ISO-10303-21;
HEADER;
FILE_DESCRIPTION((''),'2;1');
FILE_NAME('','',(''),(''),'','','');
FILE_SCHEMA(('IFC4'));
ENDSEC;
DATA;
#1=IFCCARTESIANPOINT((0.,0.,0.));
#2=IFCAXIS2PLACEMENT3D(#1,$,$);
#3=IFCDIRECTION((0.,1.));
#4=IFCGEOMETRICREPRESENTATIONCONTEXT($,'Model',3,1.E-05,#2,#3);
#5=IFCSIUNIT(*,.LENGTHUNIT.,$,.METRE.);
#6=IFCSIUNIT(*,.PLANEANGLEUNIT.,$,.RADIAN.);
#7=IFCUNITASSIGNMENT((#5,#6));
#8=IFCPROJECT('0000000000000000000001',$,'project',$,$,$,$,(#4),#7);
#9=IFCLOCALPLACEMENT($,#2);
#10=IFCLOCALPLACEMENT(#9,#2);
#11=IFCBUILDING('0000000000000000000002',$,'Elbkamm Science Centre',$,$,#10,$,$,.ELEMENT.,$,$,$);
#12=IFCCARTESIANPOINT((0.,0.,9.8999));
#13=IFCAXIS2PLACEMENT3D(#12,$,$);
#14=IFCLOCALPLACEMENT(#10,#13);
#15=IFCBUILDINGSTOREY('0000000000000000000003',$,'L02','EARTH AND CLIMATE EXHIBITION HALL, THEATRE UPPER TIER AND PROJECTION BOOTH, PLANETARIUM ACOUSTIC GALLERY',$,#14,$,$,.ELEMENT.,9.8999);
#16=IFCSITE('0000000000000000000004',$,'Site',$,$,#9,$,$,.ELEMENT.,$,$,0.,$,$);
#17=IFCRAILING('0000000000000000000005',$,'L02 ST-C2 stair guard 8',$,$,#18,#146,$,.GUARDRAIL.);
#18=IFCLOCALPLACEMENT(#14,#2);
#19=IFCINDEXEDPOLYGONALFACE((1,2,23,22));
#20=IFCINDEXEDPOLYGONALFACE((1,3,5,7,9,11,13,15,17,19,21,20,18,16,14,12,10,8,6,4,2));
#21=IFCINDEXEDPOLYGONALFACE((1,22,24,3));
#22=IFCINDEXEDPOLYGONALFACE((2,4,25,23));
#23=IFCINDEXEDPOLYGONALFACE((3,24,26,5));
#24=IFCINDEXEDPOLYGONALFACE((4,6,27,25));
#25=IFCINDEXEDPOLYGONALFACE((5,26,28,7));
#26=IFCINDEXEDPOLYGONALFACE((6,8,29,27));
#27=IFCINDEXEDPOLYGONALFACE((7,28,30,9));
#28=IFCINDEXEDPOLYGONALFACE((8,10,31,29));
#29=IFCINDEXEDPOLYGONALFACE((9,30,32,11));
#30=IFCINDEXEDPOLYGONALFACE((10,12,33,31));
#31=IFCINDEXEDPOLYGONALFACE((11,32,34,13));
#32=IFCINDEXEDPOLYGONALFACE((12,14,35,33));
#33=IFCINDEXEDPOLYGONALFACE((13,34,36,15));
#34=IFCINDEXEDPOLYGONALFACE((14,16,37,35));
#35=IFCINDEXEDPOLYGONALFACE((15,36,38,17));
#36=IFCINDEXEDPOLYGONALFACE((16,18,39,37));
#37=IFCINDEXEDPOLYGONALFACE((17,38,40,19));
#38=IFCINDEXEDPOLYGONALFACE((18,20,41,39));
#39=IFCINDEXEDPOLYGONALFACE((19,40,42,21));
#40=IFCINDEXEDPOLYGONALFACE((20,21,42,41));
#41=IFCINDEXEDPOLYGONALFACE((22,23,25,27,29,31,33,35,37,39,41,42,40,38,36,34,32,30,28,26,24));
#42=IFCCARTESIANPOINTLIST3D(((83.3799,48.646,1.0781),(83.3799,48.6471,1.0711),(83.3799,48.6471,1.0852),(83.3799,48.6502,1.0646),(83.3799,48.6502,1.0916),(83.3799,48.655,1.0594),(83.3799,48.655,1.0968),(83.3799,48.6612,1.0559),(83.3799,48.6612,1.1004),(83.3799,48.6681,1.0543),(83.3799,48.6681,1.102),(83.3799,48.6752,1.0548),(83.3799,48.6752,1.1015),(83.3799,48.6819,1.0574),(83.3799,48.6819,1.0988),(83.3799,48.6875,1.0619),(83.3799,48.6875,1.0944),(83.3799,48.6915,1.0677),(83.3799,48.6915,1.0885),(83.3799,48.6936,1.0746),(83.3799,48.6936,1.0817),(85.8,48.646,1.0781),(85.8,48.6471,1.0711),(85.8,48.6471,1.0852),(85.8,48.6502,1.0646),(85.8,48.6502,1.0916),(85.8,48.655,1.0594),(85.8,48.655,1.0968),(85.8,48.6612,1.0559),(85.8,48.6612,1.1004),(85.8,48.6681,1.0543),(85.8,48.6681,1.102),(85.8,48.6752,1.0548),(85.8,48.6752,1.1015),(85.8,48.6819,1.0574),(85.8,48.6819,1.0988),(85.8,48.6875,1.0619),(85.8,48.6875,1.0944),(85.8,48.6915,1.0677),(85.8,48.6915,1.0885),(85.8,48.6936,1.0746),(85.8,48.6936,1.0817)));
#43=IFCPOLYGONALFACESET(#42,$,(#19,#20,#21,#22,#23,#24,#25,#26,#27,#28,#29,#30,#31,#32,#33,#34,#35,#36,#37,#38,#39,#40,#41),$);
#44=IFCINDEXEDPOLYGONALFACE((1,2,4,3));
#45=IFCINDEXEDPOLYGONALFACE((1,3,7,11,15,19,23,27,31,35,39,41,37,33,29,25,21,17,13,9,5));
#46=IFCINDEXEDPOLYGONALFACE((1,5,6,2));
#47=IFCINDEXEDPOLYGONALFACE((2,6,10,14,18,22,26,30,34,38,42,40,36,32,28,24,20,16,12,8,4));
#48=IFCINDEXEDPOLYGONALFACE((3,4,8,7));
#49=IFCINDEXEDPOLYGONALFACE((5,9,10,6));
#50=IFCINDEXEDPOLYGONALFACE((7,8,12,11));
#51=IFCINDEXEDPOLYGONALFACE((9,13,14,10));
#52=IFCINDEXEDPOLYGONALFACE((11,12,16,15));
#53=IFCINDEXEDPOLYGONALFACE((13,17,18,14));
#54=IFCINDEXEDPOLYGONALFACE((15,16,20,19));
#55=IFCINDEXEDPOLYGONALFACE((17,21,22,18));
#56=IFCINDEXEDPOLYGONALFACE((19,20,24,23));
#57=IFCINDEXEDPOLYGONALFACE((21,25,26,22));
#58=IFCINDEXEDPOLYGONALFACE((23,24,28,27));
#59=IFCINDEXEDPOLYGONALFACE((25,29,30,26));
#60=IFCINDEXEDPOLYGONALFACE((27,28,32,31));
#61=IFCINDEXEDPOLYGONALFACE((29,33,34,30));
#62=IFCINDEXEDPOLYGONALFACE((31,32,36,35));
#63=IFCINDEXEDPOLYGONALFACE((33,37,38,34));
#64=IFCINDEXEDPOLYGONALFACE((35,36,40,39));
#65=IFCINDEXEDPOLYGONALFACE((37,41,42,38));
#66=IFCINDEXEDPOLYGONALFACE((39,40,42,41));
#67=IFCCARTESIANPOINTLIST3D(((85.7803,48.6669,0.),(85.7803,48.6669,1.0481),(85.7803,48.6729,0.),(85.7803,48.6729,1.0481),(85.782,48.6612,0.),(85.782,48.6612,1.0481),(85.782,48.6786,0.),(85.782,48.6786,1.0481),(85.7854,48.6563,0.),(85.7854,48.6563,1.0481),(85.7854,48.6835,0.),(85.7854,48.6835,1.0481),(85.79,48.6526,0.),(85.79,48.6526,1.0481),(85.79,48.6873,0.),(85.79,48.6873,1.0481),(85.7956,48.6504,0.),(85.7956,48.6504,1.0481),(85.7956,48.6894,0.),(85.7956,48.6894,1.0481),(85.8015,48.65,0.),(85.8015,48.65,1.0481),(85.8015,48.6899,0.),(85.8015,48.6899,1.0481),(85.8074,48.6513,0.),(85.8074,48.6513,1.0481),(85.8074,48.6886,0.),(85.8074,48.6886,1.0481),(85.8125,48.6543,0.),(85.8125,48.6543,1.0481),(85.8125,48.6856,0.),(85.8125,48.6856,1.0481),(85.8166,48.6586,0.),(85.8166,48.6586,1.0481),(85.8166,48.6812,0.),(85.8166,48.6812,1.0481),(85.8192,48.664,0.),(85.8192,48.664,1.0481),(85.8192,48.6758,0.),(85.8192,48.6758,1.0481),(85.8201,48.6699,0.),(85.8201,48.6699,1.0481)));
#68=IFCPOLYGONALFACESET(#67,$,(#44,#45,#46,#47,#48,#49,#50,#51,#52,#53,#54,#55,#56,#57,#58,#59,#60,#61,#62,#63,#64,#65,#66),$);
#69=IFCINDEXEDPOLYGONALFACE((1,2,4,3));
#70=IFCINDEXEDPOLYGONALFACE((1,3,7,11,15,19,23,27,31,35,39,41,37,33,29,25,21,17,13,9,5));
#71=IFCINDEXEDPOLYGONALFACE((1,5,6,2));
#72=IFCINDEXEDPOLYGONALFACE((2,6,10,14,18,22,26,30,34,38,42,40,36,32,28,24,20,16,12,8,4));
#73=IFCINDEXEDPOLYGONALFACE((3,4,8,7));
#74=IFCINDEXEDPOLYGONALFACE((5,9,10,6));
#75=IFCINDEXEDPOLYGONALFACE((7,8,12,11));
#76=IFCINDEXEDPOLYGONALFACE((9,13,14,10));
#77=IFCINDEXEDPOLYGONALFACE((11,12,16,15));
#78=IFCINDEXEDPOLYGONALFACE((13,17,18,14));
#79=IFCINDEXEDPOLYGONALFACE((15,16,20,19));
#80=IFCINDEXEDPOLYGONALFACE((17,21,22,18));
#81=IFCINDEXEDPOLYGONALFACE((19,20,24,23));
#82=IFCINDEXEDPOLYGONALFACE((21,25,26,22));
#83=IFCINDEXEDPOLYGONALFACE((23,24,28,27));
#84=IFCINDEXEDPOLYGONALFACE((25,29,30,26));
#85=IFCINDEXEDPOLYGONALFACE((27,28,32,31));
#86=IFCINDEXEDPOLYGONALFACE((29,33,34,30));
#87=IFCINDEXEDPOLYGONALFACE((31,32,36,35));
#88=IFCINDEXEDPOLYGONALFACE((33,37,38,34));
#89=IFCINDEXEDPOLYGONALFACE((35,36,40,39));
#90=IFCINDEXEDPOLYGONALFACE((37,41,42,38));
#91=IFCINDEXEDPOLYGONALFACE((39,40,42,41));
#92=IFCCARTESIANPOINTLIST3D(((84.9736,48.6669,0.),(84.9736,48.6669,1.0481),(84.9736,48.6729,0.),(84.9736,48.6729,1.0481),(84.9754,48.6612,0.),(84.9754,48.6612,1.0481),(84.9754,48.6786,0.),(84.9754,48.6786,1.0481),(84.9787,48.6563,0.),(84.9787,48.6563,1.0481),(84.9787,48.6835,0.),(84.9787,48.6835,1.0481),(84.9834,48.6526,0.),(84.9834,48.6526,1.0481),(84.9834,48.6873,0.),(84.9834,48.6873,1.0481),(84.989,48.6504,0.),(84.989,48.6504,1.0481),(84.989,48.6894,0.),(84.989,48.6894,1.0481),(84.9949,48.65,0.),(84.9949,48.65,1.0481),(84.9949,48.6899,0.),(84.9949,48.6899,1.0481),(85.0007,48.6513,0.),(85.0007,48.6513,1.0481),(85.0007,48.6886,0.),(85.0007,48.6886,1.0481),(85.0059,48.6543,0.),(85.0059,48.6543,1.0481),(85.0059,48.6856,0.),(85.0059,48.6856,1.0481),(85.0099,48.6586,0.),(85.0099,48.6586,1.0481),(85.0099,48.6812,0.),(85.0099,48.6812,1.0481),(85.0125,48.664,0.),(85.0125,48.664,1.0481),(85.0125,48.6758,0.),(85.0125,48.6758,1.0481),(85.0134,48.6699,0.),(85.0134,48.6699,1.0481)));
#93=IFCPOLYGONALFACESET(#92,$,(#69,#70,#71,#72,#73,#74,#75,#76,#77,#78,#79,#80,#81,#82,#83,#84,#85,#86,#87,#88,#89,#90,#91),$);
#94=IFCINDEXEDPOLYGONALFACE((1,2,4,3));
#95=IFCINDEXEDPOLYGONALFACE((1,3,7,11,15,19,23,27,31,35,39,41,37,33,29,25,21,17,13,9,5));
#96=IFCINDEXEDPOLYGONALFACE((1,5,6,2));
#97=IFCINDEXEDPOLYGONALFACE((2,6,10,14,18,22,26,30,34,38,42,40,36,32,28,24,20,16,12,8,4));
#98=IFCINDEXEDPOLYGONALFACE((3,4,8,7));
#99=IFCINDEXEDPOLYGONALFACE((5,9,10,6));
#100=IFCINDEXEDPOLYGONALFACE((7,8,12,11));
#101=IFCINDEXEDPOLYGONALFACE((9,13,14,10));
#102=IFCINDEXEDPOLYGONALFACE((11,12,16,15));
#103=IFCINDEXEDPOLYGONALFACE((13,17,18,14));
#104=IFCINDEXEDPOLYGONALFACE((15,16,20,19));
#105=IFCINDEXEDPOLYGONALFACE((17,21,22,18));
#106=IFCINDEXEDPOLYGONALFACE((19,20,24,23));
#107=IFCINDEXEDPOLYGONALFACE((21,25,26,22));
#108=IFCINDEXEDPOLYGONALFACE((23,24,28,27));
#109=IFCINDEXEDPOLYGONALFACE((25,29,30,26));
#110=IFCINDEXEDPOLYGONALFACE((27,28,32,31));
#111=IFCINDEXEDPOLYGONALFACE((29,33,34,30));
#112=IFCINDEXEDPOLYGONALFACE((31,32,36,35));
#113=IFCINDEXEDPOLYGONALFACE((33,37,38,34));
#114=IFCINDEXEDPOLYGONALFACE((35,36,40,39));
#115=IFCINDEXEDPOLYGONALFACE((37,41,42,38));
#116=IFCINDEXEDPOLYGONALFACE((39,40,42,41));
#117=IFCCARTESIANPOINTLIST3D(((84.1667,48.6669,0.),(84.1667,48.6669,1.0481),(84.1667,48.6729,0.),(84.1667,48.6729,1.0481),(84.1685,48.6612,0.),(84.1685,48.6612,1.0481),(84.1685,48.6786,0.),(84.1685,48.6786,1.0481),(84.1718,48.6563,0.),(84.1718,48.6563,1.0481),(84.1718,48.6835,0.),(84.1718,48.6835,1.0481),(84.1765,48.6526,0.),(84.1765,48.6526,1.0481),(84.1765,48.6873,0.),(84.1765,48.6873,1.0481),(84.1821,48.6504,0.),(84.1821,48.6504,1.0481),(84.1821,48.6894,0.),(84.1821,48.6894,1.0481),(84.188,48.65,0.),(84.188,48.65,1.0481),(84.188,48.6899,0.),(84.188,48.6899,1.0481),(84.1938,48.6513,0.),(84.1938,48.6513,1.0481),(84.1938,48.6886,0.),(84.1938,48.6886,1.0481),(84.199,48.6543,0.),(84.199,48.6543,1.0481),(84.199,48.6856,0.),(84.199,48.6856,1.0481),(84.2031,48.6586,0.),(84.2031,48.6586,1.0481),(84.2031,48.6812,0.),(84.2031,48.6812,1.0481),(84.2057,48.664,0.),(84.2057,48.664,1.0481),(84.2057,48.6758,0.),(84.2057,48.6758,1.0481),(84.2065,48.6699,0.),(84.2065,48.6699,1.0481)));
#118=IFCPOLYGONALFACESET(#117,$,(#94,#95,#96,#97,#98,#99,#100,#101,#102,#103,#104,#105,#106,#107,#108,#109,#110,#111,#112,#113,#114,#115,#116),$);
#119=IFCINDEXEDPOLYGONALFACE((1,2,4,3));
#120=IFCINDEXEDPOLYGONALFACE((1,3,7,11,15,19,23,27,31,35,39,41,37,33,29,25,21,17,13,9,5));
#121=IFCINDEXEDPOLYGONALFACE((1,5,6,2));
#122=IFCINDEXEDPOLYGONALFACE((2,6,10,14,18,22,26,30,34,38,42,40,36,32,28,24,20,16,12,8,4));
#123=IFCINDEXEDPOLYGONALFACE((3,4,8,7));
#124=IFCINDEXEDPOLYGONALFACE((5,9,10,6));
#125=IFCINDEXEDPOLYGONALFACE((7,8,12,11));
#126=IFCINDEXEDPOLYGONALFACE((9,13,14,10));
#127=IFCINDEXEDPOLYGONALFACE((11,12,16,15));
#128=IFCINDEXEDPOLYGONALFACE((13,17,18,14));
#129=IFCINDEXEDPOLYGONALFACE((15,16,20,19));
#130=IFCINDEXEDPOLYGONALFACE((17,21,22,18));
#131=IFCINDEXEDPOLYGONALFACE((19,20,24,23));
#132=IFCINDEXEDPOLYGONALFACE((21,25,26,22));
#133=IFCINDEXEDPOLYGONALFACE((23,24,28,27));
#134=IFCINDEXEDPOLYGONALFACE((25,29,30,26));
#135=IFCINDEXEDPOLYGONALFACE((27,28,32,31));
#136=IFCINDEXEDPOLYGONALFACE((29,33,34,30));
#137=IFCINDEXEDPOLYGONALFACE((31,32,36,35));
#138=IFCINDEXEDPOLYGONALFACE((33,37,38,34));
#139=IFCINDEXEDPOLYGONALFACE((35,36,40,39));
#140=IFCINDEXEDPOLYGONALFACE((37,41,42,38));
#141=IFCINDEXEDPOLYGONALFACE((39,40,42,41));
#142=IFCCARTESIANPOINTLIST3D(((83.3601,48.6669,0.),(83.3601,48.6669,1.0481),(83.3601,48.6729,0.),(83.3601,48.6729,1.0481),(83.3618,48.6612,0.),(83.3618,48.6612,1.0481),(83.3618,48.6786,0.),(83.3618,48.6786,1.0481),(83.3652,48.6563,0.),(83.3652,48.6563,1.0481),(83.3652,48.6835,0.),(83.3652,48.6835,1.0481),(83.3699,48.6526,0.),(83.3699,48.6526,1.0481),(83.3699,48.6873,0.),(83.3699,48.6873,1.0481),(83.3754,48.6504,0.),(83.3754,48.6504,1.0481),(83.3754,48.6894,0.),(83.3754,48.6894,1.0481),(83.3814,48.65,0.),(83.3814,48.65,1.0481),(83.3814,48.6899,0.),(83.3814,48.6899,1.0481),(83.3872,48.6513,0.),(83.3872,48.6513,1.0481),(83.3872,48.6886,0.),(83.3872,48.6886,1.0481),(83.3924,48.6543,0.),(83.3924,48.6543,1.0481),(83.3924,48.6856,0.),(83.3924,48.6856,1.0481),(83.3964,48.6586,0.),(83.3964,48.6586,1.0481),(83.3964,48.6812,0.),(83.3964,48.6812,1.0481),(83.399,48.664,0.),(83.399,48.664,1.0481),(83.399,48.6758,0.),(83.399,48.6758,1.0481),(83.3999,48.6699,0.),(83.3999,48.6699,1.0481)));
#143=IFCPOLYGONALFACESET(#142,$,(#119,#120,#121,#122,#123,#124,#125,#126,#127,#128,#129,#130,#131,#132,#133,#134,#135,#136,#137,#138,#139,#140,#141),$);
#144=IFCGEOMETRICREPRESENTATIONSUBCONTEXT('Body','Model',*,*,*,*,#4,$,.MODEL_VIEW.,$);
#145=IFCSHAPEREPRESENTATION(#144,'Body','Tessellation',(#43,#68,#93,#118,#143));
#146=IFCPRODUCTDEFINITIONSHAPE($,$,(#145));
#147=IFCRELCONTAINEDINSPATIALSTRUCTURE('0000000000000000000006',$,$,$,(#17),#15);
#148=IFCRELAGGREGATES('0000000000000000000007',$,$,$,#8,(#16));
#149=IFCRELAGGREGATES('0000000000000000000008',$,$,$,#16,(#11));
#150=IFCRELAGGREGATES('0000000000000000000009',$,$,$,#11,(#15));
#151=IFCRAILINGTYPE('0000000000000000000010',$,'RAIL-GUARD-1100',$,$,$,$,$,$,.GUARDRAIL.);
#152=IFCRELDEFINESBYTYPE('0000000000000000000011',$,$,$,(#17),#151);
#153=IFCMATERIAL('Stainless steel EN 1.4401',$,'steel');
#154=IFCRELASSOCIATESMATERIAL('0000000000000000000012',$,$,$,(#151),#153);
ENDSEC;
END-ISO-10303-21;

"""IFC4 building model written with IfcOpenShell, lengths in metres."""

from ifc_helpers import new_model, si_unit, direction, frame, origin, origin_2d, place, context, subcontext, project, spatial, circle, extrude, material, type_object, element, save


model = new_model("IFC4")

# Units and contexts
model_context = context("Model", 3, precision=1e-05, world=origin(), true_north=direction((0.0, 1.0)))
body_context = subcontext(model_context, "Body", "Model", "MODEL_VIEW")
ifc_project = project(units=[si_unit("LENGTHUNIT", "METRE"), si_unit("PLANEANGLEUNIT", "RADIAN")], contexts=[model_context])

# Site, building, storey
site_placement = place(None, origin())
site = spatial("IfcSite", under=ifc_project, at=site_placement, Name="Site", CompositionType="ELEMENT", RefElevation=0.0)
building_placement = place(site_placement, origin())
building = spatial("IfcBuilding", under=site, at=building_placement, Name="Elbkamm Science Centre", CompositionType="ELEMENT")
storey_placement = place(building_placement, frame((0.0, 0.0, 9.8999)))
storey = spatial("IfcBuildingStorey", under=building, at=storey_placement, Name="L02", Description="EARTH AND CLIMATE EXHIBITION HALL, THEATRE UPPER TIER AND PROJECTION BOOTH, PLANETARIUM ACOUSTIC GALLERY", CompositionType="ELEMENT", Elevation=9.8999)

# Railing
ifc_material_1 = material(Name="Stainless steel EN 1.4401", Category="steel")
railing_type_1 = type_object("IfcRailingType", Name="RAIL-GUARD-1100", PredefinedType="GUARDRAIL", material=ifc_material_1)
railing_1_placement = place(storey_placement, frame((85.8, 48.6699, 0.0)))
element("IfcRailing", 1, at=railing_1_placement, inside=storey, type_object=railing_type_1, Name="L02 ST-C2 stair guard 8", PredefinedType="GUARDRAIL", context=body_context, shape_type="SweptSolid", body=[
    extrude(circle(Radius=0.0239, at=origin_2d()), frame((0.0, 0.0, 1.0781), z_axis=(-1.0, 0.0, 0.0), x_axis=(0.0, -1.0, 0.0)), (0.0, 0.0, 1.0), 2.4202),
    extrude(circle(Radius=0.02, at=origin_2d()), origin(), (0.0, 0.0, 1.0), 1.0481),
    extrude(circle(Radius=0.02, at=origin_2d()), frame((-0.8066, 0.0, 0.0)), (0.0, 0.0, 1.0), 1.0481),
    extrude(circle(Radius=0.02, at=origin_2d()), frame((-1.6135, 0.0, 0.0)), (0.0, 0.0, 1.0), 1.0481),
    extrude(circle(Radius=0.02, at=origin_2d()), frame((-2.4202, 0.0, 0.0)), (0.0, 0.0, 1.0), 1.0481),
])

save(model, "model.ifc")
